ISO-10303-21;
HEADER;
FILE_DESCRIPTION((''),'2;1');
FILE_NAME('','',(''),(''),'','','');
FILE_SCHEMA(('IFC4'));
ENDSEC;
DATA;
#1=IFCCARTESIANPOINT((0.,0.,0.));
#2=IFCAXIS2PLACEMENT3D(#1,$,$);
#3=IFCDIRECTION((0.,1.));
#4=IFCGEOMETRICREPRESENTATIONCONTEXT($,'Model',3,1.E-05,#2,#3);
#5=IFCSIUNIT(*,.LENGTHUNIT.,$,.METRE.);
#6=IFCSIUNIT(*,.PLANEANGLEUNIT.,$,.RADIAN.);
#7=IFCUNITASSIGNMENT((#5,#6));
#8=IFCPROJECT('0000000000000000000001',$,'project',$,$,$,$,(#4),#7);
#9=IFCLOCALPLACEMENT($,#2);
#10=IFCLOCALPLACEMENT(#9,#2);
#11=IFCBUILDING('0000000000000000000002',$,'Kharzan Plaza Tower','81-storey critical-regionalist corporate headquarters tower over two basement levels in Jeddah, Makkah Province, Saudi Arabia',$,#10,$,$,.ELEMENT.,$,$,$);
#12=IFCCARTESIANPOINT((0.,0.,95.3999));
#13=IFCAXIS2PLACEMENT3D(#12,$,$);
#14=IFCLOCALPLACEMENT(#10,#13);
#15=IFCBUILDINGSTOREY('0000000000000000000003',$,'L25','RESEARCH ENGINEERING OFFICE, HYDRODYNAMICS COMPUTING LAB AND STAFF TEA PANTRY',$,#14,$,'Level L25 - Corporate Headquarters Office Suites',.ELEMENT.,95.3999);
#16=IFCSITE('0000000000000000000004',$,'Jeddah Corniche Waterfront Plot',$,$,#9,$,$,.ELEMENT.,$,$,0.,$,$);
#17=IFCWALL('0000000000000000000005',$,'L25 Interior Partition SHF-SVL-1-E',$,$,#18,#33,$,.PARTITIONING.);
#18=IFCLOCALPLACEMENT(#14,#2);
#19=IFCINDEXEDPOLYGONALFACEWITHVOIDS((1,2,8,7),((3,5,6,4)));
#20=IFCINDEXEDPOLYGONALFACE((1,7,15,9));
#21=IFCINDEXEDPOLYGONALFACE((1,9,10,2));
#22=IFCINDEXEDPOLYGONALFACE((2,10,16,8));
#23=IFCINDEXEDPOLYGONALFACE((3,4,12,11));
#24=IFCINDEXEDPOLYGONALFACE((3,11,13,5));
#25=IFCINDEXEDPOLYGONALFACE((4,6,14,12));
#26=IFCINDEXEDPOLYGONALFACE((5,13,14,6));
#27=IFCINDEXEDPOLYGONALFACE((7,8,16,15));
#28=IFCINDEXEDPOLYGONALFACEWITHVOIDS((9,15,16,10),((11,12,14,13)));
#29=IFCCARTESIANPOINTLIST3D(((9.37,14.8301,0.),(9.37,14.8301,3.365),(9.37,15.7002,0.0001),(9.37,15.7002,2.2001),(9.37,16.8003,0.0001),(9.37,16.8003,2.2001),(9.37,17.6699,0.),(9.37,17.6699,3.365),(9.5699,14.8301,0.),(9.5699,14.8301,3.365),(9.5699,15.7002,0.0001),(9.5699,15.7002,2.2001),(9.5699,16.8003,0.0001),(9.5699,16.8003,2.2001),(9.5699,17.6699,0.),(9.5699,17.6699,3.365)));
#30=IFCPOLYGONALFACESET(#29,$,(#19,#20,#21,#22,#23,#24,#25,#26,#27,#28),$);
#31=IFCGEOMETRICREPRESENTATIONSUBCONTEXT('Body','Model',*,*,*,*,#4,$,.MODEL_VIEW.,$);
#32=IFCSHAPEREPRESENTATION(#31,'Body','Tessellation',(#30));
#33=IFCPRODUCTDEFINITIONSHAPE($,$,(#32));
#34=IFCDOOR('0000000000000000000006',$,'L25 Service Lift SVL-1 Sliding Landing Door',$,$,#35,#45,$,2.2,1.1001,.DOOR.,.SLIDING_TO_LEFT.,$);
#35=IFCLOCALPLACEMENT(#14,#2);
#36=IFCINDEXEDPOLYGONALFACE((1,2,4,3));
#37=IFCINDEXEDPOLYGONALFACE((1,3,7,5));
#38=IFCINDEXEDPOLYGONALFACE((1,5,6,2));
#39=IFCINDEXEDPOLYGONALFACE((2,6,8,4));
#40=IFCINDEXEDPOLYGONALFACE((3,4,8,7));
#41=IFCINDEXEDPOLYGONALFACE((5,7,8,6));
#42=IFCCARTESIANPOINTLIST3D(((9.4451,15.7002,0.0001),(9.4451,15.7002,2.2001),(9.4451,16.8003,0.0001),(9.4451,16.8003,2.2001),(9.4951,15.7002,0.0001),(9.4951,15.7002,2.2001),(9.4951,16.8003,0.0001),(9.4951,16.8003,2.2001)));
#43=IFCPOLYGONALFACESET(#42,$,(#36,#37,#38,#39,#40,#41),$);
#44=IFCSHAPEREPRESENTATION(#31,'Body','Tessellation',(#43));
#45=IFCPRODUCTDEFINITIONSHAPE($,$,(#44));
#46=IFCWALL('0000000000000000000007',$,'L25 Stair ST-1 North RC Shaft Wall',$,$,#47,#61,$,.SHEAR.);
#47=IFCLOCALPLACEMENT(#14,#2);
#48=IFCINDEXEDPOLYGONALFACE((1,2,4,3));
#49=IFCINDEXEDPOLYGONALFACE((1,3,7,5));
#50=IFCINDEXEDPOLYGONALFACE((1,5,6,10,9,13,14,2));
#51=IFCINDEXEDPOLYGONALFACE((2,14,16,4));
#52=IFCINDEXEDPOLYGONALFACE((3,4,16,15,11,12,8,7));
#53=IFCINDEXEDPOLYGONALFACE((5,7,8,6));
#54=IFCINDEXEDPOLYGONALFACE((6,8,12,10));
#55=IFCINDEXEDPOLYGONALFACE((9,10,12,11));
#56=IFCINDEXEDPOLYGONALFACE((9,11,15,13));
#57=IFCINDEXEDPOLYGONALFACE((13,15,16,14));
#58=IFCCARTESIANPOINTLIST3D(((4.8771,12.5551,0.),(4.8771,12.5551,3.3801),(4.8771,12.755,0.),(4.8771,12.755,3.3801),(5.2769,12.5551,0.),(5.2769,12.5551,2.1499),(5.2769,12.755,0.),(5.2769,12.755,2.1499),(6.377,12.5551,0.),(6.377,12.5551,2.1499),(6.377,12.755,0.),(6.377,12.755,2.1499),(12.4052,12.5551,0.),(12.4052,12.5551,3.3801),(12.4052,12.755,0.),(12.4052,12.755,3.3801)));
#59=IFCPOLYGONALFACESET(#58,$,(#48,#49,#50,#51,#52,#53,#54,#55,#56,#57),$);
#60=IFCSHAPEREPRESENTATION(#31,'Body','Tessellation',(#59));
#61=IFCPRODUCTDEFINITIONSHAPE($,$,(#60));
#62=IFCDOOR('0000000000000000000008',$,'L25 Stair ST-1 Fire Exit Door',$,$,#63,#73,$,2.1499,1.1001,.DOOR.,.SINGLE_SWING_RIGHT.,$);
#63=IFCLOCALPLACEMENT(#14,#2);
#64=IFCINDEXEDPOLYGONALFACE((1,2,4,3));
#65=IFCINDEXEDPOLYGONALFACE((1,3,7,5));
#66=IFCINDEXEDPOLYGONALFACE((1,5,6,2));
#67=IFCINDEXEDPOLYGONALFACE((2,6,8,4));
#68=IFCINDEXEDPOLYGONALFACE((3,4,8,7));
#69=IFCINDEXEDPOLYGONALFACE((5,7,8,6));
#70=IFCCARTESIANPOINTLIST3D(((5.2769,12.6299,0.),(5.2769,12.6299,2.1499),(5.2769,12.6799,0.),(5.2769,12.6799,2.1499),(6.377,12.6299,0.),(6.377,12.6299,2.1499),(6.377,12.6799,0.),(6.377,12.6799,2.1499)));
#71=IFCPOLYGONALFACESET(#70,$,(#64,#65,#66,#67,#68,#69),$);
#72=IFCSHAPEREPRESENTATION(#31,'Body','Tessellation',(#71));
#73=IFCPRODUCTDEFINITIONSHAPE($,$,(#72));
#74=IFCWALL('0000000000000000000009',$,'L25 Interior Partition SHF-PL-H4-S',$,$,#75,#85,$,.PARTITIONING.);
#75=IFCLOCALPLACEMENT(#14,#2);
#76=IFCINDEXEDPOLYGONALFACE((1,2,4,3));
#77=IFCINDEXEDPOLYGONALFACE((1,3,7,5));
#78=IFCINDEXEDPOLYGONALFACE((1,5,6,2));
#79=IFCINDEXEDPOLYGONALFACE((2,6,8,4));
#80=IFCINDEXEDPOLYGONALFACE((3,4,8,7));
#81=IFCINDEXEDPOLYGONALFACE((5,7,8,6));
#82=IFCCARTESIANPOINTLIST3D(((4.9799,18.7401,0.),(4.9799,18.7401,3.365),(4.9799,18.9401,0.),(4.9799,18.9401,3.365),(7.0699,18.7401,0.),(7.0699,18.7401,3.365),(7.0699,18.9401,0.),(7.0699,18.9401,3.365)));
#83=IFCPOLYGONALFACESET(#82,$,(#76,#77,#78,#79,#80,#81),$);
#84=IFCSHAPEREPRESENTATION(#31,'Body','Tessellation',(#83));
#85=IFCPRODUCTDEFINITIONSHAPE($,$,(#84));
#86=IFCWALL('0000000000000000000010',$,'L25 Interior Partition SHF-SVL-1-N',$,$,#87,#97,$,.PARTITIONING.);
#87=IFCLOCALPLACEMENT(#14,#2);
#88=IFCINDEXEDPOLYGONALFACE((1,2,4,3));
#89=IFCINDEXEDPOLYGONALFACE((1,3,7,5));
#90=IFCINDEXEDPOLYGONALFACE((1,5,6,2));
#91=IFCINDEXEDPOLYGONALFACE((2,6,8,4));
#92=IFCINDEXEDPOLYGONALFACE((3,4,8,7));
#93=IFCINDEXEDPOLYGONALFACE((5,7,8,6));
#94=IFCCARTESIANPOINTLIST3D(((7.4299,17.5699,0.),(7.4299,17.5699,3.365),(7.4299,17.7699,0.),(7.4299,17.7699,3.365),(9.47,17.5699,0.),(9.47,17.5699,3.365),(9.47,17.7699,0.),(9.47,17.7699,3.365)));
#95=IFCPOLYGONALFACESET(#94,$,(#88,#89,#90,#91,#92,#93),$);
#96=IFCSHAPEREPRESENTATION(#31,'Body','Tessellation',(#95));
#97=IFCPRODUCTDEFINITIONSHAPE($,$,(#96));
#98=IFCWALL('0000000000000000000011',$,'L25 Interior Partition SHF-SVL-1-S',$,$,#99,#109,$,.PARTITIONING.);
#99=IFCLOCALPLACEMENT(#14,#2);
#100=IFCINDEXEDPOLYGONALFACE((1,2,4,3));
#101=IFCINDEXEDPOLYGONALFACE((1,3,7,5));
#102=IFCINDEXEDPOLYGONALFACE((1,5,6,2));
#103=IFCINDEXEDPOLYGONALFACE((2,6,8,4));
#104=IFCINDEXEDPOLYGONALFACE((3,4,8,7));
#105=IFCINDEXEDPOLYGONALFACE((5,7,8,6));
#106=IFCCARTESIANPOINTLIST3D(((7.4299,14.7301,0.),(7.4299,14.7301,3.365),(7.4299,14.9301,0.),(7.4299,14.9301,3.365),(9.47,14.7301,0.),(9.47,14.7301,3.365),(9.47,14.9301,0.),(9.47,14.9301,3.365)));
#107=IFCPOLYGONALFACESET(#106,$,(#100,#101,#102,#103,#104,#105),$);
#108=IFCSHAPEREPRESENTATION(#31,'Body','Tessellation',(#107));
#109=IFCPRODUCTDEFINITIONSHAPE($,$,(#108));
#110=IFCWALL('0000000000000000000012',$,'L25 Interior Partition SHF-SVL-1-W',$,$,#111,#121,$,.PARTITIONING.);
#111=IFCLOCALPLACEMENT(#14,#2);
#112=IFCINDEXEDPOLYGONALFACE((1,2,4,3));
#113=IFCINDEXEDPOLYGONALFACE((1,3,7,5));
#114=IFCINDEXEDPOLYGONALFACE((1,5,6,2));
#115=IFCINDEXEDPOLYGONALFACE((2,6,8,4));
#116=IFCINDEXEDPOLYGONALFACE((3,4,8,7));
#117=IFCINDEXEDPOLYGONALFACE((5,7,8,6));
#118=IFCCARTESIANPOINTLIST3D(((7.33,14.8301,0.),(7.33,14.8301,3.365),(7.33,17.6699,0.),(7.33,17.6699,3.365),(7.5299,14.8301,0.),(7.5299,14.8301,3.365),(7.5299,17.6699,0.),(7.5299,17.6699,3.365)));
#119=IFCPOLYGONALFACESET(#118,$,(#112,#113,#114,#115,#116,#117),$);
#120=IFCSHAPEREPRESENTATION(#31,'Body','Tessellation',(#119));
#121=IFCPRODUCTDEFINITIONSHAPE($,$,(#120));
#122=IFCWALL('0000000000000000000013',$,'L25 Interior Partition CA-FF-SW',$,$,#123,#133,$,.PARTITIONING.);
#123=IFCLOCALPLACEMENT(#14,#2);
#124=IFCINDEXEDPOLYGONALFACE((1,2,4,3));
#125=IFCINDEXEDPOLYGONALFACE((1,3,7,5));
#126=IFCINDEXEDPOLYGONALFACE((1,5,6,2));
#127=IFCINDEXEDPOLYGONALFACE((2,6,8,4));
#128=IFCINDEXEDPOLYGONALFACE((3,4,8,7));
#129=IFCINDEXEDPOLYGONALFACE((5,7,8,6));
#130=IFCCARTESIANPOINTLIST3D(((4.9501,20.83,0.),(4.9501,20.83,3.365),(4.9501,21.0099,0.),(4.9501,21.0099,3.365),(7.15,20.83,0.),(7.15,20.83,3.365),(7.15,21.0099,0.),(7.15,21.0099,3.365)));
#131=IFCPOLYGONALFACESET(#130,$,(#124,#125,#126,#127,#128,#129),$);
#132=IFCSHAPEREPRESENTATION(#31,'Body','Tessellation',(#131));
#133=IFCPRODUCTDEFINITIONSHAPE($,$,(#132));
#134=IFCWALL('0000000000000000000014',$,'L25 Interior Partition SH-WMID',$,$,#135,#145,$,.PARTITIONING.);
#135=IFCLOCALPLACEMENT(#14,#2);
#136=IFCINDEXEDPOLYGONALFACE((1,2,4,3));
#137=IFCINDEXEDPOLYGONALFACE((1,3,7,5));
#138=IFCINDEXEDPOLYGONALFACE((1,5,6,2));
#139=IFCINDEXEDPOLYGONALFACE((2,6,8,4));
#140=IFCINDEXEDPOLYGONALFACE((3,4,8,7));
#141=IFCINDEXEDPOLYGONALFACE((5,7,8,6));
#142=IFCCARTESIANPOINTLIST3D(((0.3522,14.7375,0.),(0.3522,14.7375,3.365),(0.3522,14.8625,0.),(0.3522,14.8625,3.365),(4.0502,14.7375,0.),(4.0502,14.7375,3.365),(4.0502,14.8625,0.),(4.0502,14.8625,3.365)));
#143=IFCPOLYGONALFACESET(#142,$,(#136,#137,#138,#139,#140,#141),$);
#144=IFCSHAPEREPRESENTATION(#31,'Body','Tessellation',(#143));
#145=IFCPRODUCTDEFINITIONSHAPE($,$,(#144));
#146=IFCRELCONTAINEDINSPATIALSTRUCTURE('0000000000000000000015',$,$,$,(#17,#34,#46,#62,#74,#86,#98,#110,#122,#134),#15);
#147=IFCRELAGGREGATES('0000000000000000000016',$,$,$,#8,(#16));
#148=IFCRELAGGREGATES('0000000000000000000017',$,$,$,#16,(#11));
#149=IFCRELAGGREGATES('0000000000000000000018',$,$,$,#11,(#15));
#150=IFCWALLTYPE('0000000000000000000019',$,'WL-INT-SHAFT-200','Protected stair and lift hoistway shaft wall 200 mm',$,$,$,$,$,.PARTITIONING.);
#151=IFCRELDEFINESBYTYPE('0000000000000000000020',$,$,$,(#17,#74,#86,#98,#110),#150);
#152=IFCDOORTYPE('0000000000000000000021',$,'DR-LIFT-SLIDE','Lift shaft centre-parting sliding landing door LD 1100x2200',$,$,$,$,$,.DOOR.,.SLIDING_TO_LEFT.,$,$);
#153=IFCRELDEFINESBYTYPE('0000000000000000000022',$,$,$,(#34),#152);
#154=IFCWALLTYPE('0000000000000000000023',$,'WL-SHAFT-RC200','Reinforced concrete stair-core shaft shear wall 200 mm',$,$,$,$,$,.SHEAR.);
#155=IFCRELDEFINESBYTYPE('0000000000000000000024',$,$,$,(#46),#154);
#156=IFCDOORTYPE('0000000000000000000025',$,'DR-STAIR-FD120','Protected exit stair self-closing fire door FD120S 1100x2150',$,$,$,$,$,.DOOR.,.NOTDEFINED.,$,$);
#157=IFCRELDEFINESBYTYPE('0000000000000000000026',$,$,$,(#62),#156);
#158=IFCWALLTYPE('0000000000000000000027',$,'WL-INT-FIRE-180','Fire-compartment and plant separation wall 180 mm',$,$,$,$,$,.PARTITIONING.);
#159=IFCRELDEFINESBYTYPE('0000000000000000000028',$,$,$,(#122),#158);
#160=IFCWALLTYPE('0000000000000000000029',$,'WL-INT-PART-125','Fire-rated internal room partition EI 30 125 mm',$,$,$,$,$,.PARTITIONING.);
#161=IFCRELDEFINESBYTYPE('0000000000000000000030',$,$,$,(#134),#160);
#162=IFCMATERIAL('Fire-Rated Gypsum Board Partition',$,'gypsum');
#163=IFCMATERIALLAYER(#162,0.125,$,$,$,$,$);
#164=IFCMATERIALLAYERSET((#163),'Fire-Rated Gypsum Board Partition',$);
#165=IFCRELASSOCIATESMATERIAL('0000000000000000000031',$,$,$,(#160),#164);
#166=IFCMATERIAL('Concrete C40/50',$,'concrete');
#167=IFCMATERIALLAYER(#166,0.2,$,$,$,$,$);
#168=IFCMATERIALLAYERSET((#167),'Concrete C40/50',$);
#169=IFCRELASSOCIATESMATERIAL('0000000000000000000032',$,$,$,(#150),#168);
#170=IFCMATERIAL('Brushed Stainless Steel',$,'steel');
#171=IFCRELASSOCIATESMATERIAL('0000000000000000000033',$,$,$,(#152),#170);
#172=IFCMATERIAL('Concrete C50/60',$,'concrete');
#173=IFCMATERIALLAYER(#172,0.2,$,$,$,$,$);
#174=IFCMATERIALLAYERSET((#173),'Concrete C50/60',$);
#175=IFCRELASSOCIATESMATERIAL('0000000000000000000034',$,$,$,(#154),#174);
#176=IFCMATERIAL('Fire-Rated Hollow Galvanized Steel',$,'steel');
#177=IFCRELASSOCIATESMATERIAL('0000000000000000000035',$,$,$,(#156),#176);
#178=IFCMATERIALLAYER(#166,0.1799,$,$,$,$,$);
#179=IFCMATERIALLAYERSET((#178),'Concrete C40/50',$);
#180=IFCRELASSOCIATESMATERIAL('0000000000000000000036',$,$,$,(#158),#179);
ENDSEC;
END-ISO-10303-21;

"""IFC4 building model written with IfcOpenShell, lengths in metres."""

from ifc_helpers import new_model, si_unit, direction, frame, frame_2d, origin, place, context, subcontext, project, spatial, rectangle, extrude, source, transform, mapped, material, layer, layer_set, type_object, element, fill, save


model = new_model("IFC4")

# Units and contexts
model_context = context("Model", 3, precision=1e-05, world=origin(), true_north=direction((0.0, 1.0)))
body_context = subcontext(model_context, "Body", "Model", "MODEL_VIEW")
ifc_project = project(units=[si_unit("LENGTHUNIT", "METRE"), si_unit("PLANEANGLEUNIT", "RADIAN")], contexts=[model_context])

# Site, building, storey
site_placement = place(None, origin())
site = spatial("IfcSite", under=ifc_project, at=site_placement, Name="Jeddah Corniche Waterfront Plot", CompositionType="ELEMENT", RefElevation=0.0)
building_placement = place(site_placement, origin())
building = spatial("IfcBuilding", under=site, at=building_placement, Name="Kharzan Plaza Tower", Description="81-storey critical-regionalist corporate headquarters tower over two basement levels in Jeddah, Makkah Province, Saudi Arabia", CompositionType="ELEMENT")
storey_placement = place(building_placement, frame((0.0, 0.0, 95.3999)))
storey = spatial("IfcBuildingStorey", under=building, at=storey_placement, Name="L25", Description="RESEARCH ENGINEERING OFFICE, HYDRODYNAMICS COMPUTING LAB AND STAFF TEA PANTRY", LongName="Level L25 - Corporate Headquarters Office Suites", CompositionType="ELEMENT", Elevation=95.3999)

# Shared definitions
ifc_material_1 = material(Name="Concrete C40/50", Category="concrete")

# Walls, openings, doors
ifc_material_2 = material(Name="Fire-Rated Gypsum Board Partition", Category="gypsum")
ifc_layer_1 = layer(ifc_material_2, 0.125)
ifc_layer_set_1 = layer_set([ifc_layer_1], Name="Fire-Rated Gypsum Board Partition")
wall_type_1 = type_object("IfcWallType", Name="WL-INT-PART-125", Description="Fire-rated internal room partition EI 30 125 mm", PredefinedType="PARTITIONING", material=ifc_layer_set_1)
ifc_layer_2 = layer(ifc_material_1, 0.2)
ifc_layer_set_2 = layer_set([ifc_layer_2], Name="Concrete C40/50")
wall_type_2 = type_object("IfcWallType", Name="WL-INT-SHAFT-200", Description="Protected stair and lift hoistway shaft wall 200 mm", PredefinedType="PARTITIONING", material=ifc_layer_set_2)
ifc_material_3 = material(Name="Brushed Stainless Steel", Category="steel")
door_type_1 = type_object("IfcDoorType", Name="DR-LIFT-SLIDE", Description="Lift shaft centre-parting sliding landing door LD 1100x2200", OperationType="SLIDING_TO_LEFT", PredefinedType="DOOR", material=ifc_material_3)
shared_shape_1 = source(origin(), body_context, "Body", "SweptSolid", [
    extrude(rectangle(XDim=1.1001, YDim=2.2, at=frame_2d((0.55, 1.1001))), frame((0.0, 0.0249, 0.0), z_axis=(0.0, -1.0, 0.0), x_axis=(1.0, 0.0, 0.0)), (0.0, 0.0, 1.0), 0.05),
])
wall_1_placement = place(storey_placement, frame((9.47, 14.8301, 0.0), z_axis=(0.0, 0.0, 1.0), x_axis=(0.0, 1.0, 0.0)))
wall_1 = element("IfcWall", 1, at=wall_1_placement, inside=storey, type_object=wall_type_2, Name="L25 Interior Partition SHF-SVL-1-E", PredefinedType="PARTITIONING", context=body_context, shape_type="SweptSolid", body=[
    extrude(rectangle(XDim=2.8398, YDim=0.2, at=frame_2d((1.4199, 0.0))), origin(), (0.0, 0.0, 1.0), 3.365),
])
opening_1_placement = place(wall_1_placement, frame((0.8701, 0.0, 0.0)))
opening_1 = element("IfcOpeningElement", 2, at=opening_1_placement, cuts=wall_1, PredefinedType="OPENING", context=body_context, shape_type="SweptSolid", body=[
    extrude(rectangle(XDim=1.1001, YDim=2.2, at=frame_2d((0.55, 1.1001))), frame((0.0, 0.1099, 0.0), z_axis=(0.0, -1.0, 0.0), x_axis=(1.0, 0.0, 0.0)), (0.0, 0.0, 1.0), 0.22),
])
door_1_placement = place(opening_1_placement, origin())
door_1 = element("IfcDoor", 3, at=door_1_placement, inside=storey, type_object=door_type_1, Name="L25 Service Lift SVL-1 Sliding Landing Door", OperationType="SLIDING_TO_LEFT", OverallHeight=2.2, OverallWidth=1.1001, PredefinedType="DOOR", context=body_context, shape_type="MappedRepresentation", body=[
    mapped(shared_shape_1, transform((0.0, 0.0, 0.0), x_axis=(1.0, 0.0, 0.0), y_axis=(0.0, 1.0, 0.0), z_axis=(0.0, 0.0, 1.0))),
])
fill(opening_1, door_1)
ifc_material_4 = material(Name="Concrete C50/60", Category="concrete")
ifc_layer_3 = layer(ifc_material_4, 0.2)
ifc_layer_set_3 = layer_set([ifc_layer_3], Name="Concrete C50/60")
wall_type_3 = type_object("IfcWallType", Name="WL-SHAFT-RC200", Description="Reinforced concrete stair-core shaft shear wall 200 mm", PredefinedType="SHEAR", material=ifc_layer_set_3)
wall_2_placement = place(storey_placement, frame((4.877, 12.655, 0.0), z_axis=(0.0, 0.0, 1.0), x_axis=(1.0, 0.0, 0.0)))
wall_2 = element("IfcWall", 4, at=wall_2_placement, inside=storey, type_object=wall_type_3, Name="L25 Stair ST-1 North RC Shaft Wall", PredefinedType="SHEAR", context=body_context, shape_type="SweptSolid", body=[
    extrude(rectangle(XDim=7.5281, YDim=0.2, at=frame_2d((3.7642, 0.0))), origin(), (0.0, 0.0, 1.0), 3.3801),
])
opening_2_placement = place(wall_2_placement, frame((0.3999, 0.0, 0.0)))
opening_2 = element("IfcOpeningElement", 5, at=opening_2_placement, cuts=wall_2, PredefinedType="OPENING", context=body_context, shape_type="SweptSolid", body=[
    extrude(rectangle(XDim=1.1001, YDim=2.1499, at=frame_2d((0.55, 1.075))), frame((0.0, 0.1099, 0.0), z_axis=(0.0, -1.0, 0.0), x_axis=(1.0, 0.0, 0.0)), (0.0, 0.0, 1.0), 0.22),
])
ifc_material_5 = material(Name="Fire-Rated Hollow Galvanized Steel", Category="steel")
door_type_2 = type_object("IfcDoorType", Name="DR-STAIR-FD120", Description="Protected exit stair self-closing fire door FD120S 1100x2150", OperationType="NOTDEFINED", PredefinedType="DOOR", material=ifc_material_5)
shared_shape_2 = source(origin(), body_context, "Body", "SweptSolid", [
    extrude(rectangle(XDim=1.1001, YDim=2.1499, at=frame_2d((0.55, 1.075))), frame((0.0, 0.0249, 0.0), z_axis=(0.0, -1.0, 0.0), x_axis=(1.0, 0.0, 0.0)), (0.0, 0.0, 1.0), 0.05),
])
door_2_placement = place(opening_2_placement, origin())
door_2 = element("IfcDoor", 6, at=door_2_placement, inside=storey, type_object=door_type_2, Name="L25 Stair ST-1 Fire Exit Door", OperationType="SINGLE_SWING_RIGHT", OverallHeight=2.1499, OverallWidth=1.1001, PredefinedType="DOOR", context=body_context, shape_type="MappedRepresentation", body=[
    mapped(shared_shape_2, transform((0.0, 0.0, 0.0), x_axis=(1.0, 0.0, 0.0), y_axis=(0.0, 1.0, 0.0), z_axis=(0.0, 0.0, 1.0))),
])
fill(opening_2, door_2)

# Walls
shared_shape_3 = source(origin(), body_context, "Body", "SweptSolid", [
    extrude(rectangle(XDim=2.0901, YDim=0.2, at=frame_2d((1.0449, 0.0))), origin(), (0.0, 0.0, 1.0), 3.365),
])
wall_3_placement = place(storey_placement, frame((4.98, 18.8401, 0.0), z_axis=(0.0, 0.0, 1.0), x_axis=(1.0, 0.0, 0.0)))
element("IfcWall", 7, at=wall_3_placement, inside=storey, type_object=wall_type_2, Name="L25 Interior Partition SHF-PL-H4-S", PredefinedType="PARTITIONING", context=body_context, shape_type="MappedRepresentation", body=[
    mapped(shared_shape_3, transform((0.0, 0.0, 0.0), x_axis=(1.0, 0.0, 0.0), y_axis=(0.0, 1.0, 0.0), z_axis=(0.0, 0.0, 1.0))),
])
shared_shape_4 = source(origin(), body_context, "Body", "SweptSolid", [
    extrude(rectangle(XDim=2.04, YDim=0.2, at=frame_2d((1.02, 0.0))), origin(), (0.0, 0.0, 1.0), 3.365),
])
for number, where, z_axis, x_axis, name in (
    (8, (7.4299, 17.6699, 0.0), (0.0, 0.0, 1.0), (1.0, 0.0, 0.0), "L25 Interior Partition SHF-SVL-1-N"),
    (9, (7.4299, 14.8301, 0.0), (0.0, 0.0, 1.0), (1.0, 0.0, 0.0), "L25 Interior Partition SHF-SVL-1-S"),
):
    element("IfcWall", number, at=place(storey_placement, frame(where, z_axis=z_axis, x_axis=x_axis)), inside=storey, type_object=wall_type_2, Name=name, PredefinedType="PARTITIONING", context=body_context, shape_type="MappedRepresentation", body=[
        mapped(shared_shape_4, transform((0.0, 0.0, 0.0), x_axis=(1.0, 0.0, 0.0), y_axis=(0.0, 1.0, 0.0), z_axis=(0.0, 0.0, 1.0))),
    ])
shared_shape_5 = source(origin(), body_context, "Body", "SweptSolid", [
    extrude(rectangle(XDim=2.8398, YDim=0.2, at=frame_2d((1.4199, 0.0))), origin(), (0.0, 0.0, 1.0), 3.365),
])
wall_4_placement = place(storey_placement, frame((7.4299, 14.8301, 0.0), z_axis=(0.0, 0.0, 1.0), x_axis=(0.0, 1.0, 0.0)))
element("IfcWall", 10, at=wall_4_placement, inside=storey, type_object=wall_type_2, Name="L25 Interior Partition SHF-SVL-1-W", PredefinedType="PARTITIONING", context=body_context, shape_type="MappedRepresentation", body=[
    mapped(shared_shape_5, transform((0.0, 0.0, 0.0), x_axis=(1.0, 0.0, 0.0), y_axis=(0.0, 1.0, 0.0), z_axis=(0.0, 0.0, 1.0))),
])
ifc_layer_4 = layer(ifc_material_1, 0.1799)
ifc_layer_set_4 = layer_set([ifc_layer_4], Name="Concrete C40/50")
wall_type_4 = type_object("IfcWallType", Name="WL-INT-FIRE-180", Description="Fire-compartment and plant separation wall 180 mm", PredefinedType="PARTITIONING", material=ifc_layer_set_4)
shared_shape_6 = source(origin(), body_context, "Body", "SweptSolid", [
    extrude(rectangle(XDim=2.2, YDim=0.1799, at=frame_2d((1.1001, 0.0))), origin(), (0.0, 0.0, 1.0), 3.365),
])
wall_5_placement = place(storey_placement, frame((4.95, 20.9199, 0.0), z_axis=(0.0, 0.0, 1.0), x_axis=(1.0, 0.0, 0.0)))
element("IfcWall", 11, at=wall_5_placement, inside=storey, type_object=wall_type_4, Name="L25 Interior Partition CA-FF-SW", PredefinedType="PARTITIONING", context=body_context, shape_type="MappedRepresentation", body=[
    mapped(shared_shape_6, transform((0.0, 0.0, 0.0), x_axis=(1.0, 0.0, 0.0), y_axis=(0.0, 1.0, 0.0), z_axis=(0.0, 0.0, 1.0))),
])
shared_shape_7 = source(origin(), body_context, "Body", "SweptSolid", [
    extrude(rectangle(XDim=3.698, YDim=0.125, at=frame_2d((1.8491, 0.0))), origin(), (0.0, 0.0, 1.0), 3.365),
])
wall_6_placement = place(storey_placement, frame((0.3521, 14.8, 0.0), z_axis=(0.0, 0.0, 1.0), x_axis=(1.0, 0.0, 0.0)))
element("IfcWall", 12, at=wall_6_placement, inside=storey, type_object=wall_type_1, Name="L25 Interior Partition SH-WMID", PredefinedType="PARTITIONING", context=body_context, shape_type="MappedRepresentation", body=[
    mapped(shared_shape_7, transform((0.0, 0.0, 0.0), x_axis=(1.0, 0.0, 0.0), y_axis=(0.0, 1.0, 0.0), z_axis=(0.0, 0.0, 1.0))),
])

save(model, "model.ifc")
